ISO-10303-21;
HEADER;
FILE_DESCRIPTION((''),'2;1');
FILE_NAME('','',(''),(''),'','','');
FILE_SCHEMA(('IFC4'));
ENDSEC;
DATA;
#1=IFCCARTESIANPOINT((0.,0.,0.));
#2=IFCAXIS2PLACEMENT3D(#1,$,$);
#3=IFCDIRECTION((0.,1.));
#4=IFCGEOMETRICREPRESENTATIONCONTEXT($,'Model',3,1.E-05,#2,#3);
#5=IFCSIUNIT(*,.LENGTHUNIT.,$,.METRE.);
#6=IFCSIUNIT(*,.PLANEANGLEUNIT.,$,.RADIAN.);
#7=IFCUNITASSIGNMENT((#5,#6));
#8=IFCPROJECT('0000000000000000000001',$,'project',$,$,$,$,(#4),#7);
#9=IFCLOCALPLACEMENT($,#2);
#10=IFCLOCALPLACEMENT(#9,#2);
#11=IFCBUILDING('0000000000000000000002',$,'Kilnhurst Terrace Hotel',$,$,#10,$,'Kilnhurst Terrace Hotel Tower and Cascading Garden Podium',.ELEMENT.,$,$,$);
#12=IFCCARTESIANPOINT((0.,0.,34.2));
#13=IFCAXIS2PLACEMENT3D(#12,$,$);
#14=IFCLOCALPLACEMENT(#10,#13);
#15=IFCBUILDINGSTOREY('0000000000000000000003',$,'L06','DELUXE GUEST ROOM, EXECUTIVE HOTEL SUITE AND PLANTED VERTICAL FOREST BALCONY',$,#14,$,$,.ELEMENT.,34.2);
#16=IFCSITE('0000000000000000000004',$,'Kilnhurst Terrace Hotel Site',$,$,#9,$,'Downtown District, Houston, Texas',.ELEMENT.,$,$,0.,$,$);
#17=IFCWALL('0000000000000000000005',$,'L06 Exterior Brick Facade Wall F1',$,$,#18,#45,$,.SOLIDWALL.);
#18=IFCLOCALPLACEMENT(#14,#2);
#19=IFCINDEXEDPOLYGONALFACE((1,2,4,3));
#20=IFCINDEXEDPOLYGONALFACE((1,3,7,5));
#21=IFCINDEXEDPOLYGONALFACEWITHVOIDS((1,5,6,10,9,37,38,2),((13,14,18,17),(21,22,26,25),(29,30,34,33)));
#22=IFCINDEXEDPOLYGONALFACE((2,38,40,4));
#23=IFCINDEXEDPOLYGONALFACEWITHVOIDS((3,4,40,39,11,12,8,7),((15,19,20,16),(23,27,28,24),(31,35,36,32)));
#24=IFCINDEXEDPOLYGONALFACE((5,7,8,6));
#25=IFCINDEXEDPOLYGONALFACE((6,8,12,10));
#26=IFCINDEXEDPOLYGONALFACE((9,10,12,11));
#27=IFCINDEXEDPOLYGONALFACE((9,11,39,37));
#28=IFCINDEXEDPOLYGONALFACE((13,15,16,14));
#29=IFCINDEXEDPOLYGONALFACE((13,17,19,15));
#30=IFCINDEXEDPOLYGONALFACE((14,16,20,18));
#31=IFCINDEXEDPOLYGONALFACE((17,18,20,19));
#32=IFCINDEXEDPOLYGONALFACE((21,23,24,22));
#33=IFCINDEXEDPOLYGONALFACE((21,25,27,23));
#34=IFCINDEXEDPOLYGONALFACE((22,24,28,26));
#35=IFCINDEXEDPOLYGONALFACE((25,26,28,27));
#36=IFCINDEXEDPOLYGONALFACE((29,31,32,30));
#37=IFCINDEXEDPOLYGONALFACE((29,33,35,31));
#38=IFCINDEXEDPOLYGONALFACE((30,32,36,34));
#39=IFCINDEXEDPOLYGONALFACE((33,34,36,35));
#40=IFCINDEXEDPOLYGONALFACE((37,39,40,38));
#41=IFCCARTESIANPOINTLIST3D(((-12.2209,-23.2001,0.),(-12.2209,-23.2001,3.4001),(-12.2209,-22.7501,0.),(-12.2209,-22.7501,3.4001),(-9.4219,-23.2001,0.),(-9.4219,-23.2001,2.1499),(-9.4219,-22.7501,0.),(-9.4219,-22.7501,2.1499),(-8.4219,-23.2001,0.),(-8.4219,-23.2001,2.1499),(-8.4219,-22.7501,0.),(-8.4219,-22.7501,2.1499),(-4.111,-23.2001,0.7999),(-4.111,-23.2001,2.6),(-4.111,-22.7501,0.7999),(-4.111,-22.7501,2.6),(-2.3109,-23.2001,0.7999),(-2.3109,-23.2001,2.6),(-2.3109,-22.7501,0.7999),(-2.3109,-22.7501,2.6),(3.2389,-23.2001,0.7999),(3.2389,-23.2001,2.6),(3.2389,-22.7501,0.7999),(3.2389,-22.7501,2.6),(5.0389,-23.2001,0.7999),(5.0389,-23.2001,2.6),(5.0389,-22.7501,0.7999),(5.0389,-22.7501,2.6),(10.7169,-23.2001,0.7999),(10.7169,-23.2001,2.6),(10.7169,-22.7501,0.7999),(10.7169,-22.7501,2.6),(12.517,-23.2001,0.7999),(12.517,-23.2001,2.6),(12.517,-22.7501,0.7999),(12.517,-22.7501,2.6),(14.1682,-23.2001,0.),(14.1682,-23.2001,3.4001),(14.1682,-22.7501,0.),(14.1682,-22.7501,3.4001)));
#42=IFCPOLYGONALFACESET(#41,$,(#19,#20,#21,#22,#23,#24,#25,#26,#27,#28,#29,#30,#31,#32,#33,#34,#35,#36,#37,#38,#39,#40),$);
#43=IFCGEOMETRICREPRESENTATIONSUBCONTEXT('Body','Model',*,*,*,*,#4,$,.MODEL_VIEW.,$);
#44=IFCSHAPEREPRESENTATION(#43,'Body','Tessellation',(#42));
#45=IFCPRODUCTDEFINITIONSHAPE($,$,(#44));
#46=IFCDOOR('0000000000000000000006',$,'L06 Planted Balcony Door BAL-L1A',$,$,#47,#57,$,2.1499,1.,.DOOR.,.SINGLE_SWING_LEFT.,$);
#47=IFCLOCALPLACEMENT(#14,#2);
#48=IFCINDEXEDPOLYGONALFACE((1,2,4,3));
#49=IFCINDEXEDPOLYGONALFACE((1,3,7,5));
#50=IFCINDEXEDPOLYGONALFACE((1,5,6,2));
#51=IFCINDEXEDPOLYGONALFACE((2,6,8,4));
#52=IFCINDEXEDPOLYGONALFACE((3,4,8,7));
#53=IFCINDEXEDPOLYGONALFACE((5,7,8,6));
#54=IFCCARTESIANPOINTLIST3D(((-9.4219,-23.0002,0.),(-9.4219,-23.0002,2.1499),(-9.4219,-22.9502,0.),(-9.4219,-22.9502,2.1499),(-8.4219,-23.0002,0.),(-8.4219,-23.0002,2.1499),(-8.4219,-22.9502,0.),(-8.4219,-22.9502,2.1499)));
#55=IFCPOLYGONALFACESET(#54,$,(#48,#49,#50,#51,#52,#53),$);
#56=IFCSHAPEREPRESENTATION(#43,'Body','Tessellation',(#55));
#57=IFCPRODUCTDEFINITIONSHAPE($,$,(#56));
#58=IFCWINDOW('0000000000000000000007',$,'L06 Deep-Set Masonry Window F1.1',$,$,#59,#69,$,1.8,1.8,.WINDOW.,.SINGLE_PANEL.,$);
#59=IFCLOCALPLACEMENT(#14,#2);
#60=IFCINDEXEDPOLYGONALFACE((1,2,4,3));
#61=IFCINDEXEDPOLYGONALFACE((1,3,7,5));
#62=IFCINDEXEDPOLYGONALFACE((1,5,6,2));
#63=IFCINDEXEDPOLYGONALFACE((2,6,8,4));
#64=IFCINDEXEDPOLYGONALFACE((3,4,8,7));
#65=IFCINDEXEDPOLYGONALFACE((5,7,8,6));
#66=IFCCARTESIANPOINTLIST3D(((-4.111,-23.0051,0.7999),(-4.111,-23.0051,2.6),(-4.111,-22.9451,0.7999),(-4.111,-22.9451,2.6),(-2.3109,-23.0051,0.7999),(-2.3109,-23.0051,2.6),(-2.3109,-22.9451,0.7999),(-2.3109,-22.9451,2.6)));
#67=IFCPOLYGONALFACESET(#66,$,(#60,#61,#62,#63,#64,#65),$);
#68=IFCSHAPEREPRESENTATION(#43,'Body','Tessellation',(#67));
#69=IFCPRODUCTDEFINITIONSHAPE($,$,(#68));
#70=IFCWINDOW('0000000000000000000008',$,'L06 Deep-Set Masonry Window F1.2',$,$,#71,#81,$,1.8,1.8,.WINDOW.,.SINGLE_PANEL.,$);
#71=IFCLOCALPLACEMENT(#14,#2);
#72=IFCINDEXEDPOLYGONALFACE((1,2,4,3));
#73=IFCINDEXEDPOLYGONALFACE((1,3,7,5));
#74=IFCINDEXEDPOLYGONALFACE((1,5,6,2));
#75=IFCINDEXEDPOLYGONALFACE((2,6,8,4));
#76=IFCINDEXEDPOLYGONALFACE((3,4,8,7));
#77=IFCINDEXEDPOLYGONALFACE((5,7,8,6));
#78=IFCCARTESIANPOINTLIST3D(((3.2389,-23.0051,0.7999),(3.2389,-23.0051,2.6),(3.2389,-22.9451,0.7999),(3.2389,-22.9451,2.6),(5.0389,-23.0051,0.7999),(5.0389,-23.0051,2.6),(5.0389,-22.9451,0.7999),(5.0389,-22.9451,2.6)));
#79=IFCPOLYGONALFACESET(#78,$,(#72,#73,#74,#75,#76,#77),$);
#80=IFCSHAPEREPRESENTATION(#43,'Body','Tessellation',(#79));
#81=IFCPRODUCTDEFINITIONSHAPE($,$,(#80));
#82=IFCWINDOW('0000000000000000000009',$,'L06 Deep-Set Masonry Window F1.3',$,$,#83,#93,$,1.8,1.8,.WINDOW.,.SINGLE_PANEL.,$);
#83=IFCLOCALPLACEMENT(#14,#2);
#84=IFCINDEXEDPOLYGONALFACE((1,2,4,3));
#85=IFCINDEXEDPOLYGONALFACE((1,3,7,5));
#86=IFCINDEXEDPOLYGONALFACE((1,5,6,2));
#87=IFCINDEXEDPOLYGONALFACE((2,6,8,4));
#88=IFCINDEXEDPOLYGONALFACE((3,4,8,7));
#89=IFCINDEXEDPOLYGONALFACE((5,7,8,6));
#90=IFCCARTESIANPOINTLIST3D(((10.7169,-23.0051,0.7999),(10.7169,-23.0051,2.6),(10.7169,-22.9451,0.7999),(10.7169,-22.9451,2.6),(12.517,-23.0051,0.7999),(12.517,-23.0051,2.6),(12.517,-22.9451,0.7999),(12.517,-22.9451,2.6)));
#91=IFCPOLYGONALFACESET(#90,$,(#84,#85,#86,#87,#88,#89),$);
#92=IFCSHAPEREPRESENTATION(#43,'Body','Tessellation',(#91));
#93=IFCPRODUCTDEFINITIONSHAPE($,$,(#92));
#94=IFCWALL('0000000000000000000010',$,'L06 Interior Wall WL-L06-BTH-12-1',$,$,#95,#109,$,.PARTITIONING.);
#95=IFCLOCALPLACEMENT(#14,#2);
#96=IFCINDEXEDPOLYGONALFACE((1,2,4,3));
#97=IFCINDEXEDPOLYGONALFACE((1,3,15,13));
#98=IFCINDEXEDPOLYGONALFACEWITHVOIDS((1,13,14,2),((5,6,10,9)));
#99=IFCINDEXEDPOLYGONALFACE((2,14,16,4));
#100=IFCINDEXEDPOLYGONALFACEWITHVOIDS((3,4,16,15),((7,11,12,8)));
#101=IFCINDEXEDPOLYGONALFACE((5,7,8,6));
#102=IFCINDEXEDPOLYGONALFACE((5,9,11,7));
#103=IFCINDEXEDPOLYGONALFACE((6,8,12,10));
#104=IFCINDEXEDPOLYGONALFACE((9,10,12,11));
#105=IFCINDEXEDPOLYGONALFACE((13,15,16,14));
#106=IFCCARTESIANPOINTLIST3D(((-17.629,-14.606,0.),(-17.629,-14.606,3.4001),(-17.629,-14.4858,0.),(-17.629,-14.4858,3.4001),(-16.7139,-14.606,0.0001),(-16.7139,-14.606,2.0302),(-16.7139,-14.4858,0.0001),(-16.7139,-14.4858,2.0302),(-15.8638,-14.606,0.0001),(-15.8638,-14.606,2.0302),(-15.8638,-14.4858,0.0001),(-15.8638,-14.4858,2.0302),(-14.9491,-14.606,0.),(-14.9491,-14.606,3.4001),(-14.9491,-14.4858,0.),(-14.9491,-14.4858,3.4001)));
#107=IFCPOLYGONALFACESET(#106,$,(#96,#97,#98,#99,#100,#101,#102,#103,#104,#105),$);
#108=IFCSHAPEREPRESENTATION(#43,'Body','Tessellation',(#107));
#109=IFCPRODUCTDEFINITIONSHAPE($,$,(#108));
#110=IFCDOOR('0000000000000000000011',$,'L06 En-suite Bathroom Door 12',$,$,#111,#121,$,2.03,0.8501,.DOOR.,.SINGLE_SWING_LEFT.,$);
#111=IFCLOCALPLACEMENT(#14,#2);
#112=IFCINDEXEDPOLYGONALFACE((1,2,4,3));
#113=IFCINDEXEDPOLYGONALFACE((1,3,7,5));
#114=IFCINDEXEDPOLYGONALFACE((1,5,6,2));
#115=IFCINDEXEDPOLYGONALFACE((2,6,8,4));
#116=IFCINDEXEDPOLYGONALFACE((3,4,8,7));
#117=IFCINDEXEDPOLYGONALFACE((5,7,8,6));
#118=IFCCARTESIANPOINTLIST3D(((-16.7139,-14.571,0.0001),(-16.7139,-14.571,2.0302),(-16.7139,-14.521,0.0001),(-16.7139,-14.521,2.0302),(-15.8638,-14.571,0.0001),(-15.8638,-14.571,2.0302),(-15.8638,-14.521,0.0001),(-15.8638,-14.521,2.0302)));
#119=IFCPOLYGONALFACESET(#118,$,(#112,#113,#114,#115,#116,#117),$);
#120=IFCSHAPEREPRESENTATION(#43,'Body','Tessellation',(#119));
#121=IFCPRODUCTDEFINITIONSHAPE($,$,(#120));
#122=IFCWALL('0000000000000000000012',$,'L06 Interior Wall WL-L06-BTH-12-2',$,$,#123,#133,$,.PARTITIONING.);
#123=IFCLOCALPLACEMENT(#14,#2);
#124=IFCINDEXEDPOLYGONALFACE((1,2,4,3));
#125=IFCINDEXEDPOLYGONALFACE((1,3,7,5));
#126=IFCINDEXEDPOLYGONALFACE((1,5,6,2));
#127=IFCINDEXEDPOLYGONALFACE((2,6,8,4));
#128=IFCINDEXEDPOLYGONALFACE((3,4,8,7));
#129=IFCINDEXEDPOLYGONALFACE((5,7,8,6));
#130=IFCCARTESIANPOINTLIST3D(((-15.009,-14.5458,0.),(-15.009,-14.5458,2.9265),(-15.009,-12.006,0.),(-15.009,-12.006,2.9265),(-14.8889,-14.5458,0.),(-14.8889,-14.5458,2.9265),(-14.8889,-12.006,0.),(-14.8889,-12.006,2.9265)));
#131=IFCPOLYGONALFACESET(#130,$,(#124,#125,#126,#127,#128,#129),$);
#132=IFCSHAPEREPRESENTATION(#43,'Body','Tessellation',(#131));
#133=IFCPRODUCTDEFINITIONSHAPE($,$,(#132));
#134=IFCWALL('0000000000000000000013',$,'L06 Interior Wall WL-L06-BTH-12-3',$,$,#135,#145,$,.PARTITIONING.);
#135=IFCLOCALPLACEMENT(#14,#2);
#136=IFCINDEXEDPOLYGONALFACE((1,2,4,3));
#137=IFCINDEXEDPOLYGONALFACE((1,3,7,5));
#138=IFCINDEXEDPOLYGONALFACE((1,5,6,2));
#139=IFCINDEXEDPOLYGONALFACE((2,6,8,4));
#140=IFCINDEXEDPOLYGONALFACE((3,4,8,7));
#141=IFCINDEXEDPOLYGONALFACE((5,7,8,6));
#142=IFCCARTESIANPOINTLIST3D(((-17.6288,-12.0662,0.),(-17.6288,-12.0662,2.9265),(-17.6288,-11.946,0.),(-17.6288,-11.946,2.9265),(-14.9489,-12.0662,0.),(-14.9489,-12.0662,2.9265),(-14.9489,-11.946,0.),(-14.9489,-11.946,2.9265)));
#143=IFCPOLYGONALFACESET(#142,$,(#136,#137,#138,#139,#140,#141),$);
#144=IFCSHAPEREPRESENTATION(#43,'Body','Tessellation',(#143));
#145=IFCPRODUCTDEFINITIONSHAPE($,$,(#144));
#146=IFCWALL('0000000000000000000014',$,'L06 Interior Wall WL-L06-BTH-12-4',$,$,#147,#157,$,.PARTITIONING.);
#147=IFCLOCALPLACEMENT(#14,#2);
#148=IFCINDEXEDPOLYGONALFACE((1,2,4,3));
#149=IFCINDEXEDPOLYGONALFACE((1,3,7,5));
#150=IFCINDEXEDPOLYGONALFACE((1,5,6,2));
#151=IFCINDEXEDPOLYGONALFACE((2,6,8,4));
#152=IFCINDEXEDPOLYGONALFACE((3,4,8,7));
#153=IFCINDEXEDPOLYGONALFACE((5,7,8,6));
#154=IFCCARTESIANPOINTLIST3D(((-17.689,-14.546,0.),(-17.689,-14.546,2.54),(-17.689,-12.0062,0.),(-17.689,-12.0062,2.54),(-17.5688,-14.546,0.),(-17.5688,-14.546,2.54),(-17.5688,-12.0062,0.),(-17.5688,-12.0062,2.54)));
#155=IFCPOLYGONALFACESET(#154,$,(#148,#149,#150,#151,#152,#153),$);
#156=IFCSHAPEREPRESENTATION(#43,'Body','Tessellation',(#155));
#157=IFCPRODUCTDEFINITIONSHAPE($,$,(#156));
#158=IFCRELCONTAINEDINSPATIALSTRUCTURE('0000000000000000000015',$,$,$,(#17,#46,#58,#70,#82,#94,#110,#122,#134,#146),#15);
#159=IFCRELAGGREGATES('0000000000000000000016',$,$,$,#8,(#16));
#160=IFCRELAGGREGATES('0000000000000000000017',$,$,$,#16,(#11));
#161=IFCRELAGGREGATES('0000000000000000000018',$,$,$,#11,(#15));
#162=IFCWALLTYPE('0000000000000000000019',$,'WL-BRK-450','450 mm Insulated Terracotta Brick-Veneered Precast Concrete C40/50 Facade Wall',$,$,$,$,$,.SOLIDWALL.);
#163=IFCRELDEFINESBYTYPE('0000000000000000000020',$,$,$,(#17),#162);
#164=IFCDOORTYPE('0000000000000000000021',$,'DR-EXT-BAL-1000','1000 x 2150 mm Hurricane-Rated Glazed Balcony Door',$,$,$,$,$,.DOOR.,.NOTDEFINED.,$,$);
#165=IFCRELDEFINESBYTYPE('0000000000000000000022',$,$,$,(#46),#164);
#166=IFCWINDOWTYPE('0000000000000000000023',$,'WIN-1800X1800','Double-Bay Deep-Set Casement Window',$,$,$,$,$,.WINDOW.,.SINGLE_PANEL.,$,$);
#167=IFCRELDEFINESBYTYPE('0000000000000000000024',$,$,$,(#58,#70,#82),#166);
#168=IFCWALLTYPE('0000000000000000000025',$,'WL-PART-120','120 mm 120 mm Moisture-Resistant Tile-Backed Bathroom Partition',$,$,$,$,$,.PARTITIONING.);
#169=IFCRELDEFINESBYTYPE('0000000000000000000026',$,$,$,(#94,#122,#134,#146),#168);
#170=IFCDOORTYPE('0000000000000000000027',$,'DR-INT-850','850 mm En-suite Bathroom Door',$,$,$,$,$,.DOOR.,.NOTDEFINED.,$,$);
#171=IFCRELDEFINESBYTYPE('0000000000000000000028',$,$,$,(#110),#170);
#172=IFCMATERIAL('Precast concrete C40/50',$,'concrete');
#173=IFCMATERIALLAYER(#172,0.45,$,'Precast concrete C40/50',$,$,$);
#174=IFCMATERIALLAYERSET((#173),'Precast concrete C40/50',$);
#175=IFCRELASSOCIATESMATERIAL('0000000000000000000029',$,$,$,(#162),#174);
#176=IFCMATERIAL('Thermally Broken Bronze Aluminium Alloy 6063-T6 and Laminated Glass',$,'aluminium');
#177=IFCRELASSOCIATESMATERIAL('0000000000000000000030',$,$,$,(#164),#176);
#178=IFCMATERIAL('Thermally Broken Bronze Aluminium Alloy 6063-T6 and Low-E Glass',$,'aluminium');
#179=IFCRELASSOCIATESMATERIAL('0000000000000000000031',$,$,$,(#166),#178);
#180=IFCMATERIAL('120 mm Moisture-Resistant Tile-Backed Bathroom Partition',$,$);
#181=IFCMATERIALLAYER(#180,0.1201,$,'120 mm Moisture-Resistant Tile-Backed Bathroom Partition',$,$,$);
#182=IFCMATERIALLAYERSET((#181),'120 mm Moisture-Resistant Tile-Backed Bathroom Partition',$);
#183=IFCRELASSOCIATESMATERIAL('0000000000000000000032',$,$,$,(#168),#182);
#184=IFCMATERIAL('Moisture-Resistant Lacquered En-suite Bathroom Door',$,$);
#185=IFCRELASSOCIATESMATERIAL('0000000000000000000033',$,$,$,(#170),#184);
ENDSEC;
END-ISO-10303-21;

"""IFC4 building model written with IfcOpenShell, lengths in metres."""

from ifc_helpers import new_model, si_unit, direction, frame, frame_2d, origin, place, context, subcontext, project, spatial, rectangle, extrude, material, layer, layer_set, type_object, element, fill, save


model = new_model("IFC4")

# Units and contexts
model_context = context("Model", 3, precision=1e-05, world=origin(), true_north=direction((0.0, 1.0)))
body_context = subcontext(model_context, "Body", "Model", "MODEL_VIEW")
ifc_project = project(units=[si_unit("LENGTHUNIT", "METRE"), si_unit("PLANEANGLEUNIT", "RADIAN")], contexts=[model_context])

# Site, building, storey
site_placement = place(None, origin())
site = spatial("IfcSite", under=ifc_project, at=site_placement, Name="Kilnhurst Terrace Hotel Site", LongName="Downtown District, Houston, Texas", CompositionType="ELEMENT", RefElevation=0.0)
building_placement = place(site_placement, origin())
building = spatial("IfcBuilding", under=site, at=building_placement, Name="Kilnhurst Terrace Hotel", LongName="Kilnhurst Terrace Hotel Tower and Cascading Garden Podium", CompositionType="ELEMENT")
storey_placement = place(building_placement, frame((0.0, 0.0, 34.2)))
storey = spatial("IfcBuildingStorey", under=building, at=storey_placement, Name="L06", Description="DELUXE GUEST ROOM, EXECUTIVE HOTEL SUITE AND PLANTED VERTICAL FOREST BALCONY", CompositionType="ELEMENT", Elevation=34.2)

# Shared definitions
ifc_material_1 = material(Name="Precast concrete C40/50", Category="concrete")
ifc_layer_1 = layer(ifc_material_1, 0.45, Name="Precast concrete C40/50")
ifc_layer_set_1 = layer_set([ifc_layer_1], Name="Precast concrete C40/50")
wall_type_1 = type_object("IfcWallType", Name="WL-BRK-450", Description="450 mm Insulated Terracotta Brick-Veneered Precast Concrete C40/50 Facade Wall", PredefinedType="SOLIDWALL", material=ifc_layer_set_1)

# Wall, openings, door, windows
wall_1_placement = place(storey_placement, frame((-12.2209, -22.9751, 0.0), z_axis=(0.0, 0.0, 1.0), x_axis=(1.0, 0.0, 0.0)))
wall_1 = element("IfcWall", 1, at=wall_1_placement, inside=storey, type_object=wall_type_1, Name="L06 Exterior Brick Facade Wall F1", PredefinedType="SOLIDWALL", context=body_context, shape_type="SweptSolid", body=[
    extrude(rectangle(XDim=26.3892, YDim=0.45, at=frame_2d((13.1946, 0.0))), origin(), (0.0, 0.0, 1.0), 3.4001),
])
opening_1_placement = place(wall_1_placement, frame((2.7991, 0.0, 0.0)))
opening_1 = element("IfcOpeningElement", 2, at=opening_1_placement, cuts=wall_1, PredefinedType="OPENING", context=body_context, shape_type="SweptSolid", body=[
    extrude(rectangle(XDim=1.0, YDim=2.1499, at=frame_2d((0.5, 1.075))), frame((0.0, 0.2349, 0.0), z_axis=(0.0, -1.0, 0.0), x_axis=(1.0, 0.0, 0.0)), (0.0, 0.0, 1.0), 0.47),
])
opening_2_placement = place(wall_1_placement, frame((8.1101, 0.0, 0.8)))
opening_2 = element("IfcOpeningElement", 3, at=opening_2_placement, cuts=wall_1, PredefinedType="OPENING", context=body_context, shape_type="SweptSolid", body=[
    extrude(rectangle(XDim=1.8, YDim=1.8, at=frame_2d((0.8999, 0.8999))), frame((0.0, 0.2349, 0.0), z_axis=(0.0, -1.0, 0.0), x_axis=(1.0, 0.0, 0.0)), (0.0, 0.0, 1.0), 0.47),
])
opening_3_placement = place(wall_1_placement, frame((15.46, 0.0, 0.8)))
opening_3 = element("IfcOpeningElement", 4, at=opening_3_placement, cuts=wall_1, PredefinedType="OPENING", context=body_context, shape_type="SweptSolid", body=[
    extrude(rectangle(XDim=1.8, YDim=1.8, at=frame_2d((0.8999, 0.8999))), frame((0.0, 0.2349, 0.0), z_axis=(0.0, -1.0, 0.0), x_axis=(1.0, 0.0, 0.0)), (0.0, 0.0, 1.0), 0.47),
])
opening_4_placement = place(wall_1_placement, frame((22.938, 0.0, 0.8)))
opening_4 = element("IfcOpeningElement", 5, at=opening_4_placement, cuts=wall_1, PredefinedType="OPENING", context=body_context, shape_type="SweptSolid", body=[
    extrude(rectangle(XDim=1.8, YDim=1.8, at=frame_2d((0.8999, 0.8999))), frame((0.0, 0.2349, 0.0), z_axis=(0.0, -1.0, 0.0), x_axis=(1.0, 0.0, 0.0)), (0.0, 0.0, 1.0), 0.47),
])
ifc_material_2 = material(Name="Thermally Broken Bronze Aluminium Alloy 6063-T6 and Laminated Glass", Category="aluminium")
door_type_1 = type_object("IfcDoorType", Name="DR-EXT-BAL-1000", Description="1000 x 2150 mm Hurricane-Rated Glazed Balcony Door", OperationType="NOTDEFINED", PredefinedType="DOOR", material=ifc_material_2)
door_1_placement = place(opening_1_placement, origin())
door_1 = element("IfcDoor", 6, at=door_1_placement, inside=storey, type_object=door_type_1, Name="L06 Planted Balcony Door BAL-L1A", OperationType="SINGLE_SWING_LEFT", OverallHeight=2.1499, OverallWidth=1.0, PredefinedType="DOOR", context=body_context, shape_type="SweptSolid", body=[
    extrude(rectangle(XDim=1.0, YDim=2.1499, at=frame_2d((0.5, 1.075))), frame((0.0, 0.0249, 0.0), z_axis=(0.0, -1.0, 0.0), x_axis=(1.0, 0.0, 0.0)), (0.0, 0.0, 1.0), 0.05),
])
fill(opening_1, door_1)
ifc_material_3 = material(Name="Thermally Broken Bronze Aluminium Alloy 6063-T6 and Low-E Glass", Category="aluminium")
window_type = type_object("IfcWindowType", Name="WIN-1800X1800", Description="Double-Bay Deep-Set Casement Window", PartitioningType="SINGLE_PANEL", PredefinedType="WINDOW", material=ifc_material_3)
window_1_placement = place(opening_2_placement, origin())
window_1 = element("IfcWindow", 7, at=window_1_placement, inside=storey, type_object=window_type, Name="L06 Deep-Set Masonry Window F1.1", OverallHeight=1.8, OverallWidth=1.8, PartitioningType="SINGLE_PANEL", PredefinedType="WINDOW", context=body_context, shape_type="SweptSolid", body=[
    extrude(rectangle(XDim=1.8, YDim=1.8, at=frame_2d((0.8999, 0.8999))), frame((0.0, 0.03, 0.0), z_axis=(0.0, -1.0, 0.0), x_axis=(1.0, 0.0, 0.0)), (0.0, 0.0, 1.0), 0.0601),
])
fill(opening_2, window_1)
window_2_placement = place(opening_3_placement, origin())
window_2 = element("IfcWindow", 8, at=window_2_placement, inside=storey, type_object=window_type, Name="L06 Deep-Set Masonry Window F1.2", OverallHeight=1.8, OverallWidth=1.8, PartitioningType="SINGLE_PANEL", PredefinedType="WINDOW", context=body_context, shape_type="SweptSolid", body=[
    extrude(rectangle(XDim=1.8, YDim=1.8, at=frame_2d((0.8999, 0.8999))), frame((0.0, 0.03, 0.0), z_axis=(0.0, -1.0, 0.0), x_axis=(1.0, 0.0, 0.0)), (0.0, 0.0, 1.0), 0.0601),
])
fill(opening_3, window_2)
window_3_placement = place(opening_4_placement, origin())
window_3 = element("IfcWindow", 9, at=window_3_placement, inside=storey, type_object=window_type, Name="L06 Deep-Set Masonry Window F1.3", OverallHeight=1.8, OverallWidth=1.8, PartitioningType="SINGLE_PANEL", PredefinedType="WINDOW", context=body_context, shape_type="SweptSolid", body=[
    extrude(rectangle(XDim=1.8, YDim=1.8, at=frame_2d((0.8999, 0.8999))), frame((0.0, 0.03, 0.0), z_axis=(0.0, -1.0, 0.0), x_axis=(1.0, 0.0, 0.0)), (0.0, 0.0, 1.0), 0.0601),
])
fill(opening_4, window_3)

# Wall, opening, door
ifc_material_4 = material(Name="120 mm Moisture-Resistant Tile-Backed Bathroom Partition")
ifc_layer_2 = layer(ifc_material_4, 0.1201, Name="120 mm Moisture-Resistant Tile-Backed Bathroom Partition")
ifc_layer_set_2 = layer_set([ifc_layer_2], Name="120 mm Moisture-Resistant Tile-Backed Bathroom Partition")
wall_type_2 = type_object("IfcWallType", Name="WL-PART-120", Description="120 mm 120 mm Moisture-Resistant Tile-Backed Bathroom Partition", PredefinedType="PARTITIONING", material=ifc_layer_set_2)
wall_2_placement = place(storey_placement, frame((-17.6289, -14.5459, 0.0), z_axis=(0.0, 0.0, 1.0), x_axis=(1.0, 0.0, 0.0)))
wall_2 = element("IfcWall", 10, at=wall_2_placement, inside=storey, type_object=wall_type_2, Name="L06 Interior Wall WL-L06-BTH-12-1", PredefinedType="PARTITIONING", context=body_context, shape_type="SweptSolid", body=[
    extrude(rectangle(XDim=2.6799, YDim=0.1201, at=frame_2d((1.3398, 0.0))), origin(), (0.0, 0.0, 1.0), 3.4001),
])
opening_5_placement = place(wall_2_placement, frame((0.915, 0.0, 0.0)))
opening_5 = element("IfcOpeningElement", 11, at=opening_5_placement, cuts=wall_2, PredefinedType="OPENING", context=body_context, shape_type="SweptSolid", body=[
    extrude(rectangle(XDim=0.8501, YDim=2.03, at=frame_2d((0.425, 1.0151))), frame((0.0, 0.0701, 0.0), z_axis=(0.0, -1.0, 0.0), x_axis=(1.0, 0.0, 0.0)), (0.0, 0.0, 1.0), 0.1401),
])
ifc_material_5 = material(Name="Moisture-Resistant Lacquered En-suite Bathroom Door")
door_type_2 = type_object("IfcDoorType", Name="DR-INT-850", Description="850 mm En-suite Bathroom Door", OperationType="NOTDEFINED", PredefinedType="DOOR", material=ifc_material_5)
door_2_placement = place(opening_5_placement, origin())
door_2 = element("IfcDoor", 12, at=door_2_placement, inside=storey, type_object=door_type_2, Name="L06 En-suite Bathroom Door 12", OperationType="SINGLE_SWING_LEFT", OverallHeight=2.03, OverallWidth=0.8501, PredefinedType="DOOR", context=body_context, shape_type="SweptSolid", body=[
    extrude(rectangle(XDim=0.8501, YDim=2.03, at=frame_2d((0.425, 1.0151))), frame((0.0, 0.0249, 0.0), z_axis=(0.0, -1.0, 0.0), x_axis=(1.0, 0.0, 0.0)), (0.0, 0.0, 1.0), 0.05),
])
fill(opening_5, door_2)

# Walls
wall_3_placement = place(storey_placement, frame((-14.949, -14.5459, 0.0), z_axis=(0.0, 0.0, 1.0), x_axis=(0.0, 1.0, 0.0)))
element("IfcWall", 13, at=wall_3_placement, inside=storey, type_object=wall_type_2, Name="L06 Interior Wall WL-L06-BTH-12-2", PredefinedType="PARTITIONING", context=body_context, shape_type="SweptSolid", body=[
    extrude(rectangle(XDim=2.5398, YDim=0.1201, at=frame_2d((1.27, 0.0))), origin(), (0.0, 0.0, 1.0), 2.9265),
])
wall_4_placement = place(storey_placement, frame((-14.949, -12.0061, 0.0), z_axis=(0.0, 0.0, 1.0), x_axis=(-1.0, 0.0, 0.0)))
element("IfcWall", 14, at=wall_4_placement, inside=storey, type_object=wall_type_2, Name="L06 Interior Wall WL-L06-BTH-12-3", PredefinedType="PARTITIONING", context=body_context, shape_type="SweptSolid", body=[
    extrude(rectangle(XDim=2.6799, YDim=0.1201, at=frame_2d((1.3398, 0.0))), origin(), (0.0, 0.0, 1.0), 2.9265),
])
wall_5_placement = place(storey_placement, frame((-17.6289, -12.0061, 0.0), z_axis=(0.0, 0.0, 1.0), x_axis=(0.0, -1.0, 0.0)))
element("IfcWall", 15, at=wall_5_placement, inside=storey, type_object=wall_type_2, Name="L06 Interior Wall WL-L06-BTH-12-4", PredefinedType="PARTITIONING", context=body_context, shape_type="SweptSolid", body=[
    extrude(rectangle(XDim=2.5398, YDim=0.1201, at=frame_2d((1.27, 0.0))), origin(), (0.0, 0.0, 1.0), 2.54),
])

save(model, "model.ifc")
